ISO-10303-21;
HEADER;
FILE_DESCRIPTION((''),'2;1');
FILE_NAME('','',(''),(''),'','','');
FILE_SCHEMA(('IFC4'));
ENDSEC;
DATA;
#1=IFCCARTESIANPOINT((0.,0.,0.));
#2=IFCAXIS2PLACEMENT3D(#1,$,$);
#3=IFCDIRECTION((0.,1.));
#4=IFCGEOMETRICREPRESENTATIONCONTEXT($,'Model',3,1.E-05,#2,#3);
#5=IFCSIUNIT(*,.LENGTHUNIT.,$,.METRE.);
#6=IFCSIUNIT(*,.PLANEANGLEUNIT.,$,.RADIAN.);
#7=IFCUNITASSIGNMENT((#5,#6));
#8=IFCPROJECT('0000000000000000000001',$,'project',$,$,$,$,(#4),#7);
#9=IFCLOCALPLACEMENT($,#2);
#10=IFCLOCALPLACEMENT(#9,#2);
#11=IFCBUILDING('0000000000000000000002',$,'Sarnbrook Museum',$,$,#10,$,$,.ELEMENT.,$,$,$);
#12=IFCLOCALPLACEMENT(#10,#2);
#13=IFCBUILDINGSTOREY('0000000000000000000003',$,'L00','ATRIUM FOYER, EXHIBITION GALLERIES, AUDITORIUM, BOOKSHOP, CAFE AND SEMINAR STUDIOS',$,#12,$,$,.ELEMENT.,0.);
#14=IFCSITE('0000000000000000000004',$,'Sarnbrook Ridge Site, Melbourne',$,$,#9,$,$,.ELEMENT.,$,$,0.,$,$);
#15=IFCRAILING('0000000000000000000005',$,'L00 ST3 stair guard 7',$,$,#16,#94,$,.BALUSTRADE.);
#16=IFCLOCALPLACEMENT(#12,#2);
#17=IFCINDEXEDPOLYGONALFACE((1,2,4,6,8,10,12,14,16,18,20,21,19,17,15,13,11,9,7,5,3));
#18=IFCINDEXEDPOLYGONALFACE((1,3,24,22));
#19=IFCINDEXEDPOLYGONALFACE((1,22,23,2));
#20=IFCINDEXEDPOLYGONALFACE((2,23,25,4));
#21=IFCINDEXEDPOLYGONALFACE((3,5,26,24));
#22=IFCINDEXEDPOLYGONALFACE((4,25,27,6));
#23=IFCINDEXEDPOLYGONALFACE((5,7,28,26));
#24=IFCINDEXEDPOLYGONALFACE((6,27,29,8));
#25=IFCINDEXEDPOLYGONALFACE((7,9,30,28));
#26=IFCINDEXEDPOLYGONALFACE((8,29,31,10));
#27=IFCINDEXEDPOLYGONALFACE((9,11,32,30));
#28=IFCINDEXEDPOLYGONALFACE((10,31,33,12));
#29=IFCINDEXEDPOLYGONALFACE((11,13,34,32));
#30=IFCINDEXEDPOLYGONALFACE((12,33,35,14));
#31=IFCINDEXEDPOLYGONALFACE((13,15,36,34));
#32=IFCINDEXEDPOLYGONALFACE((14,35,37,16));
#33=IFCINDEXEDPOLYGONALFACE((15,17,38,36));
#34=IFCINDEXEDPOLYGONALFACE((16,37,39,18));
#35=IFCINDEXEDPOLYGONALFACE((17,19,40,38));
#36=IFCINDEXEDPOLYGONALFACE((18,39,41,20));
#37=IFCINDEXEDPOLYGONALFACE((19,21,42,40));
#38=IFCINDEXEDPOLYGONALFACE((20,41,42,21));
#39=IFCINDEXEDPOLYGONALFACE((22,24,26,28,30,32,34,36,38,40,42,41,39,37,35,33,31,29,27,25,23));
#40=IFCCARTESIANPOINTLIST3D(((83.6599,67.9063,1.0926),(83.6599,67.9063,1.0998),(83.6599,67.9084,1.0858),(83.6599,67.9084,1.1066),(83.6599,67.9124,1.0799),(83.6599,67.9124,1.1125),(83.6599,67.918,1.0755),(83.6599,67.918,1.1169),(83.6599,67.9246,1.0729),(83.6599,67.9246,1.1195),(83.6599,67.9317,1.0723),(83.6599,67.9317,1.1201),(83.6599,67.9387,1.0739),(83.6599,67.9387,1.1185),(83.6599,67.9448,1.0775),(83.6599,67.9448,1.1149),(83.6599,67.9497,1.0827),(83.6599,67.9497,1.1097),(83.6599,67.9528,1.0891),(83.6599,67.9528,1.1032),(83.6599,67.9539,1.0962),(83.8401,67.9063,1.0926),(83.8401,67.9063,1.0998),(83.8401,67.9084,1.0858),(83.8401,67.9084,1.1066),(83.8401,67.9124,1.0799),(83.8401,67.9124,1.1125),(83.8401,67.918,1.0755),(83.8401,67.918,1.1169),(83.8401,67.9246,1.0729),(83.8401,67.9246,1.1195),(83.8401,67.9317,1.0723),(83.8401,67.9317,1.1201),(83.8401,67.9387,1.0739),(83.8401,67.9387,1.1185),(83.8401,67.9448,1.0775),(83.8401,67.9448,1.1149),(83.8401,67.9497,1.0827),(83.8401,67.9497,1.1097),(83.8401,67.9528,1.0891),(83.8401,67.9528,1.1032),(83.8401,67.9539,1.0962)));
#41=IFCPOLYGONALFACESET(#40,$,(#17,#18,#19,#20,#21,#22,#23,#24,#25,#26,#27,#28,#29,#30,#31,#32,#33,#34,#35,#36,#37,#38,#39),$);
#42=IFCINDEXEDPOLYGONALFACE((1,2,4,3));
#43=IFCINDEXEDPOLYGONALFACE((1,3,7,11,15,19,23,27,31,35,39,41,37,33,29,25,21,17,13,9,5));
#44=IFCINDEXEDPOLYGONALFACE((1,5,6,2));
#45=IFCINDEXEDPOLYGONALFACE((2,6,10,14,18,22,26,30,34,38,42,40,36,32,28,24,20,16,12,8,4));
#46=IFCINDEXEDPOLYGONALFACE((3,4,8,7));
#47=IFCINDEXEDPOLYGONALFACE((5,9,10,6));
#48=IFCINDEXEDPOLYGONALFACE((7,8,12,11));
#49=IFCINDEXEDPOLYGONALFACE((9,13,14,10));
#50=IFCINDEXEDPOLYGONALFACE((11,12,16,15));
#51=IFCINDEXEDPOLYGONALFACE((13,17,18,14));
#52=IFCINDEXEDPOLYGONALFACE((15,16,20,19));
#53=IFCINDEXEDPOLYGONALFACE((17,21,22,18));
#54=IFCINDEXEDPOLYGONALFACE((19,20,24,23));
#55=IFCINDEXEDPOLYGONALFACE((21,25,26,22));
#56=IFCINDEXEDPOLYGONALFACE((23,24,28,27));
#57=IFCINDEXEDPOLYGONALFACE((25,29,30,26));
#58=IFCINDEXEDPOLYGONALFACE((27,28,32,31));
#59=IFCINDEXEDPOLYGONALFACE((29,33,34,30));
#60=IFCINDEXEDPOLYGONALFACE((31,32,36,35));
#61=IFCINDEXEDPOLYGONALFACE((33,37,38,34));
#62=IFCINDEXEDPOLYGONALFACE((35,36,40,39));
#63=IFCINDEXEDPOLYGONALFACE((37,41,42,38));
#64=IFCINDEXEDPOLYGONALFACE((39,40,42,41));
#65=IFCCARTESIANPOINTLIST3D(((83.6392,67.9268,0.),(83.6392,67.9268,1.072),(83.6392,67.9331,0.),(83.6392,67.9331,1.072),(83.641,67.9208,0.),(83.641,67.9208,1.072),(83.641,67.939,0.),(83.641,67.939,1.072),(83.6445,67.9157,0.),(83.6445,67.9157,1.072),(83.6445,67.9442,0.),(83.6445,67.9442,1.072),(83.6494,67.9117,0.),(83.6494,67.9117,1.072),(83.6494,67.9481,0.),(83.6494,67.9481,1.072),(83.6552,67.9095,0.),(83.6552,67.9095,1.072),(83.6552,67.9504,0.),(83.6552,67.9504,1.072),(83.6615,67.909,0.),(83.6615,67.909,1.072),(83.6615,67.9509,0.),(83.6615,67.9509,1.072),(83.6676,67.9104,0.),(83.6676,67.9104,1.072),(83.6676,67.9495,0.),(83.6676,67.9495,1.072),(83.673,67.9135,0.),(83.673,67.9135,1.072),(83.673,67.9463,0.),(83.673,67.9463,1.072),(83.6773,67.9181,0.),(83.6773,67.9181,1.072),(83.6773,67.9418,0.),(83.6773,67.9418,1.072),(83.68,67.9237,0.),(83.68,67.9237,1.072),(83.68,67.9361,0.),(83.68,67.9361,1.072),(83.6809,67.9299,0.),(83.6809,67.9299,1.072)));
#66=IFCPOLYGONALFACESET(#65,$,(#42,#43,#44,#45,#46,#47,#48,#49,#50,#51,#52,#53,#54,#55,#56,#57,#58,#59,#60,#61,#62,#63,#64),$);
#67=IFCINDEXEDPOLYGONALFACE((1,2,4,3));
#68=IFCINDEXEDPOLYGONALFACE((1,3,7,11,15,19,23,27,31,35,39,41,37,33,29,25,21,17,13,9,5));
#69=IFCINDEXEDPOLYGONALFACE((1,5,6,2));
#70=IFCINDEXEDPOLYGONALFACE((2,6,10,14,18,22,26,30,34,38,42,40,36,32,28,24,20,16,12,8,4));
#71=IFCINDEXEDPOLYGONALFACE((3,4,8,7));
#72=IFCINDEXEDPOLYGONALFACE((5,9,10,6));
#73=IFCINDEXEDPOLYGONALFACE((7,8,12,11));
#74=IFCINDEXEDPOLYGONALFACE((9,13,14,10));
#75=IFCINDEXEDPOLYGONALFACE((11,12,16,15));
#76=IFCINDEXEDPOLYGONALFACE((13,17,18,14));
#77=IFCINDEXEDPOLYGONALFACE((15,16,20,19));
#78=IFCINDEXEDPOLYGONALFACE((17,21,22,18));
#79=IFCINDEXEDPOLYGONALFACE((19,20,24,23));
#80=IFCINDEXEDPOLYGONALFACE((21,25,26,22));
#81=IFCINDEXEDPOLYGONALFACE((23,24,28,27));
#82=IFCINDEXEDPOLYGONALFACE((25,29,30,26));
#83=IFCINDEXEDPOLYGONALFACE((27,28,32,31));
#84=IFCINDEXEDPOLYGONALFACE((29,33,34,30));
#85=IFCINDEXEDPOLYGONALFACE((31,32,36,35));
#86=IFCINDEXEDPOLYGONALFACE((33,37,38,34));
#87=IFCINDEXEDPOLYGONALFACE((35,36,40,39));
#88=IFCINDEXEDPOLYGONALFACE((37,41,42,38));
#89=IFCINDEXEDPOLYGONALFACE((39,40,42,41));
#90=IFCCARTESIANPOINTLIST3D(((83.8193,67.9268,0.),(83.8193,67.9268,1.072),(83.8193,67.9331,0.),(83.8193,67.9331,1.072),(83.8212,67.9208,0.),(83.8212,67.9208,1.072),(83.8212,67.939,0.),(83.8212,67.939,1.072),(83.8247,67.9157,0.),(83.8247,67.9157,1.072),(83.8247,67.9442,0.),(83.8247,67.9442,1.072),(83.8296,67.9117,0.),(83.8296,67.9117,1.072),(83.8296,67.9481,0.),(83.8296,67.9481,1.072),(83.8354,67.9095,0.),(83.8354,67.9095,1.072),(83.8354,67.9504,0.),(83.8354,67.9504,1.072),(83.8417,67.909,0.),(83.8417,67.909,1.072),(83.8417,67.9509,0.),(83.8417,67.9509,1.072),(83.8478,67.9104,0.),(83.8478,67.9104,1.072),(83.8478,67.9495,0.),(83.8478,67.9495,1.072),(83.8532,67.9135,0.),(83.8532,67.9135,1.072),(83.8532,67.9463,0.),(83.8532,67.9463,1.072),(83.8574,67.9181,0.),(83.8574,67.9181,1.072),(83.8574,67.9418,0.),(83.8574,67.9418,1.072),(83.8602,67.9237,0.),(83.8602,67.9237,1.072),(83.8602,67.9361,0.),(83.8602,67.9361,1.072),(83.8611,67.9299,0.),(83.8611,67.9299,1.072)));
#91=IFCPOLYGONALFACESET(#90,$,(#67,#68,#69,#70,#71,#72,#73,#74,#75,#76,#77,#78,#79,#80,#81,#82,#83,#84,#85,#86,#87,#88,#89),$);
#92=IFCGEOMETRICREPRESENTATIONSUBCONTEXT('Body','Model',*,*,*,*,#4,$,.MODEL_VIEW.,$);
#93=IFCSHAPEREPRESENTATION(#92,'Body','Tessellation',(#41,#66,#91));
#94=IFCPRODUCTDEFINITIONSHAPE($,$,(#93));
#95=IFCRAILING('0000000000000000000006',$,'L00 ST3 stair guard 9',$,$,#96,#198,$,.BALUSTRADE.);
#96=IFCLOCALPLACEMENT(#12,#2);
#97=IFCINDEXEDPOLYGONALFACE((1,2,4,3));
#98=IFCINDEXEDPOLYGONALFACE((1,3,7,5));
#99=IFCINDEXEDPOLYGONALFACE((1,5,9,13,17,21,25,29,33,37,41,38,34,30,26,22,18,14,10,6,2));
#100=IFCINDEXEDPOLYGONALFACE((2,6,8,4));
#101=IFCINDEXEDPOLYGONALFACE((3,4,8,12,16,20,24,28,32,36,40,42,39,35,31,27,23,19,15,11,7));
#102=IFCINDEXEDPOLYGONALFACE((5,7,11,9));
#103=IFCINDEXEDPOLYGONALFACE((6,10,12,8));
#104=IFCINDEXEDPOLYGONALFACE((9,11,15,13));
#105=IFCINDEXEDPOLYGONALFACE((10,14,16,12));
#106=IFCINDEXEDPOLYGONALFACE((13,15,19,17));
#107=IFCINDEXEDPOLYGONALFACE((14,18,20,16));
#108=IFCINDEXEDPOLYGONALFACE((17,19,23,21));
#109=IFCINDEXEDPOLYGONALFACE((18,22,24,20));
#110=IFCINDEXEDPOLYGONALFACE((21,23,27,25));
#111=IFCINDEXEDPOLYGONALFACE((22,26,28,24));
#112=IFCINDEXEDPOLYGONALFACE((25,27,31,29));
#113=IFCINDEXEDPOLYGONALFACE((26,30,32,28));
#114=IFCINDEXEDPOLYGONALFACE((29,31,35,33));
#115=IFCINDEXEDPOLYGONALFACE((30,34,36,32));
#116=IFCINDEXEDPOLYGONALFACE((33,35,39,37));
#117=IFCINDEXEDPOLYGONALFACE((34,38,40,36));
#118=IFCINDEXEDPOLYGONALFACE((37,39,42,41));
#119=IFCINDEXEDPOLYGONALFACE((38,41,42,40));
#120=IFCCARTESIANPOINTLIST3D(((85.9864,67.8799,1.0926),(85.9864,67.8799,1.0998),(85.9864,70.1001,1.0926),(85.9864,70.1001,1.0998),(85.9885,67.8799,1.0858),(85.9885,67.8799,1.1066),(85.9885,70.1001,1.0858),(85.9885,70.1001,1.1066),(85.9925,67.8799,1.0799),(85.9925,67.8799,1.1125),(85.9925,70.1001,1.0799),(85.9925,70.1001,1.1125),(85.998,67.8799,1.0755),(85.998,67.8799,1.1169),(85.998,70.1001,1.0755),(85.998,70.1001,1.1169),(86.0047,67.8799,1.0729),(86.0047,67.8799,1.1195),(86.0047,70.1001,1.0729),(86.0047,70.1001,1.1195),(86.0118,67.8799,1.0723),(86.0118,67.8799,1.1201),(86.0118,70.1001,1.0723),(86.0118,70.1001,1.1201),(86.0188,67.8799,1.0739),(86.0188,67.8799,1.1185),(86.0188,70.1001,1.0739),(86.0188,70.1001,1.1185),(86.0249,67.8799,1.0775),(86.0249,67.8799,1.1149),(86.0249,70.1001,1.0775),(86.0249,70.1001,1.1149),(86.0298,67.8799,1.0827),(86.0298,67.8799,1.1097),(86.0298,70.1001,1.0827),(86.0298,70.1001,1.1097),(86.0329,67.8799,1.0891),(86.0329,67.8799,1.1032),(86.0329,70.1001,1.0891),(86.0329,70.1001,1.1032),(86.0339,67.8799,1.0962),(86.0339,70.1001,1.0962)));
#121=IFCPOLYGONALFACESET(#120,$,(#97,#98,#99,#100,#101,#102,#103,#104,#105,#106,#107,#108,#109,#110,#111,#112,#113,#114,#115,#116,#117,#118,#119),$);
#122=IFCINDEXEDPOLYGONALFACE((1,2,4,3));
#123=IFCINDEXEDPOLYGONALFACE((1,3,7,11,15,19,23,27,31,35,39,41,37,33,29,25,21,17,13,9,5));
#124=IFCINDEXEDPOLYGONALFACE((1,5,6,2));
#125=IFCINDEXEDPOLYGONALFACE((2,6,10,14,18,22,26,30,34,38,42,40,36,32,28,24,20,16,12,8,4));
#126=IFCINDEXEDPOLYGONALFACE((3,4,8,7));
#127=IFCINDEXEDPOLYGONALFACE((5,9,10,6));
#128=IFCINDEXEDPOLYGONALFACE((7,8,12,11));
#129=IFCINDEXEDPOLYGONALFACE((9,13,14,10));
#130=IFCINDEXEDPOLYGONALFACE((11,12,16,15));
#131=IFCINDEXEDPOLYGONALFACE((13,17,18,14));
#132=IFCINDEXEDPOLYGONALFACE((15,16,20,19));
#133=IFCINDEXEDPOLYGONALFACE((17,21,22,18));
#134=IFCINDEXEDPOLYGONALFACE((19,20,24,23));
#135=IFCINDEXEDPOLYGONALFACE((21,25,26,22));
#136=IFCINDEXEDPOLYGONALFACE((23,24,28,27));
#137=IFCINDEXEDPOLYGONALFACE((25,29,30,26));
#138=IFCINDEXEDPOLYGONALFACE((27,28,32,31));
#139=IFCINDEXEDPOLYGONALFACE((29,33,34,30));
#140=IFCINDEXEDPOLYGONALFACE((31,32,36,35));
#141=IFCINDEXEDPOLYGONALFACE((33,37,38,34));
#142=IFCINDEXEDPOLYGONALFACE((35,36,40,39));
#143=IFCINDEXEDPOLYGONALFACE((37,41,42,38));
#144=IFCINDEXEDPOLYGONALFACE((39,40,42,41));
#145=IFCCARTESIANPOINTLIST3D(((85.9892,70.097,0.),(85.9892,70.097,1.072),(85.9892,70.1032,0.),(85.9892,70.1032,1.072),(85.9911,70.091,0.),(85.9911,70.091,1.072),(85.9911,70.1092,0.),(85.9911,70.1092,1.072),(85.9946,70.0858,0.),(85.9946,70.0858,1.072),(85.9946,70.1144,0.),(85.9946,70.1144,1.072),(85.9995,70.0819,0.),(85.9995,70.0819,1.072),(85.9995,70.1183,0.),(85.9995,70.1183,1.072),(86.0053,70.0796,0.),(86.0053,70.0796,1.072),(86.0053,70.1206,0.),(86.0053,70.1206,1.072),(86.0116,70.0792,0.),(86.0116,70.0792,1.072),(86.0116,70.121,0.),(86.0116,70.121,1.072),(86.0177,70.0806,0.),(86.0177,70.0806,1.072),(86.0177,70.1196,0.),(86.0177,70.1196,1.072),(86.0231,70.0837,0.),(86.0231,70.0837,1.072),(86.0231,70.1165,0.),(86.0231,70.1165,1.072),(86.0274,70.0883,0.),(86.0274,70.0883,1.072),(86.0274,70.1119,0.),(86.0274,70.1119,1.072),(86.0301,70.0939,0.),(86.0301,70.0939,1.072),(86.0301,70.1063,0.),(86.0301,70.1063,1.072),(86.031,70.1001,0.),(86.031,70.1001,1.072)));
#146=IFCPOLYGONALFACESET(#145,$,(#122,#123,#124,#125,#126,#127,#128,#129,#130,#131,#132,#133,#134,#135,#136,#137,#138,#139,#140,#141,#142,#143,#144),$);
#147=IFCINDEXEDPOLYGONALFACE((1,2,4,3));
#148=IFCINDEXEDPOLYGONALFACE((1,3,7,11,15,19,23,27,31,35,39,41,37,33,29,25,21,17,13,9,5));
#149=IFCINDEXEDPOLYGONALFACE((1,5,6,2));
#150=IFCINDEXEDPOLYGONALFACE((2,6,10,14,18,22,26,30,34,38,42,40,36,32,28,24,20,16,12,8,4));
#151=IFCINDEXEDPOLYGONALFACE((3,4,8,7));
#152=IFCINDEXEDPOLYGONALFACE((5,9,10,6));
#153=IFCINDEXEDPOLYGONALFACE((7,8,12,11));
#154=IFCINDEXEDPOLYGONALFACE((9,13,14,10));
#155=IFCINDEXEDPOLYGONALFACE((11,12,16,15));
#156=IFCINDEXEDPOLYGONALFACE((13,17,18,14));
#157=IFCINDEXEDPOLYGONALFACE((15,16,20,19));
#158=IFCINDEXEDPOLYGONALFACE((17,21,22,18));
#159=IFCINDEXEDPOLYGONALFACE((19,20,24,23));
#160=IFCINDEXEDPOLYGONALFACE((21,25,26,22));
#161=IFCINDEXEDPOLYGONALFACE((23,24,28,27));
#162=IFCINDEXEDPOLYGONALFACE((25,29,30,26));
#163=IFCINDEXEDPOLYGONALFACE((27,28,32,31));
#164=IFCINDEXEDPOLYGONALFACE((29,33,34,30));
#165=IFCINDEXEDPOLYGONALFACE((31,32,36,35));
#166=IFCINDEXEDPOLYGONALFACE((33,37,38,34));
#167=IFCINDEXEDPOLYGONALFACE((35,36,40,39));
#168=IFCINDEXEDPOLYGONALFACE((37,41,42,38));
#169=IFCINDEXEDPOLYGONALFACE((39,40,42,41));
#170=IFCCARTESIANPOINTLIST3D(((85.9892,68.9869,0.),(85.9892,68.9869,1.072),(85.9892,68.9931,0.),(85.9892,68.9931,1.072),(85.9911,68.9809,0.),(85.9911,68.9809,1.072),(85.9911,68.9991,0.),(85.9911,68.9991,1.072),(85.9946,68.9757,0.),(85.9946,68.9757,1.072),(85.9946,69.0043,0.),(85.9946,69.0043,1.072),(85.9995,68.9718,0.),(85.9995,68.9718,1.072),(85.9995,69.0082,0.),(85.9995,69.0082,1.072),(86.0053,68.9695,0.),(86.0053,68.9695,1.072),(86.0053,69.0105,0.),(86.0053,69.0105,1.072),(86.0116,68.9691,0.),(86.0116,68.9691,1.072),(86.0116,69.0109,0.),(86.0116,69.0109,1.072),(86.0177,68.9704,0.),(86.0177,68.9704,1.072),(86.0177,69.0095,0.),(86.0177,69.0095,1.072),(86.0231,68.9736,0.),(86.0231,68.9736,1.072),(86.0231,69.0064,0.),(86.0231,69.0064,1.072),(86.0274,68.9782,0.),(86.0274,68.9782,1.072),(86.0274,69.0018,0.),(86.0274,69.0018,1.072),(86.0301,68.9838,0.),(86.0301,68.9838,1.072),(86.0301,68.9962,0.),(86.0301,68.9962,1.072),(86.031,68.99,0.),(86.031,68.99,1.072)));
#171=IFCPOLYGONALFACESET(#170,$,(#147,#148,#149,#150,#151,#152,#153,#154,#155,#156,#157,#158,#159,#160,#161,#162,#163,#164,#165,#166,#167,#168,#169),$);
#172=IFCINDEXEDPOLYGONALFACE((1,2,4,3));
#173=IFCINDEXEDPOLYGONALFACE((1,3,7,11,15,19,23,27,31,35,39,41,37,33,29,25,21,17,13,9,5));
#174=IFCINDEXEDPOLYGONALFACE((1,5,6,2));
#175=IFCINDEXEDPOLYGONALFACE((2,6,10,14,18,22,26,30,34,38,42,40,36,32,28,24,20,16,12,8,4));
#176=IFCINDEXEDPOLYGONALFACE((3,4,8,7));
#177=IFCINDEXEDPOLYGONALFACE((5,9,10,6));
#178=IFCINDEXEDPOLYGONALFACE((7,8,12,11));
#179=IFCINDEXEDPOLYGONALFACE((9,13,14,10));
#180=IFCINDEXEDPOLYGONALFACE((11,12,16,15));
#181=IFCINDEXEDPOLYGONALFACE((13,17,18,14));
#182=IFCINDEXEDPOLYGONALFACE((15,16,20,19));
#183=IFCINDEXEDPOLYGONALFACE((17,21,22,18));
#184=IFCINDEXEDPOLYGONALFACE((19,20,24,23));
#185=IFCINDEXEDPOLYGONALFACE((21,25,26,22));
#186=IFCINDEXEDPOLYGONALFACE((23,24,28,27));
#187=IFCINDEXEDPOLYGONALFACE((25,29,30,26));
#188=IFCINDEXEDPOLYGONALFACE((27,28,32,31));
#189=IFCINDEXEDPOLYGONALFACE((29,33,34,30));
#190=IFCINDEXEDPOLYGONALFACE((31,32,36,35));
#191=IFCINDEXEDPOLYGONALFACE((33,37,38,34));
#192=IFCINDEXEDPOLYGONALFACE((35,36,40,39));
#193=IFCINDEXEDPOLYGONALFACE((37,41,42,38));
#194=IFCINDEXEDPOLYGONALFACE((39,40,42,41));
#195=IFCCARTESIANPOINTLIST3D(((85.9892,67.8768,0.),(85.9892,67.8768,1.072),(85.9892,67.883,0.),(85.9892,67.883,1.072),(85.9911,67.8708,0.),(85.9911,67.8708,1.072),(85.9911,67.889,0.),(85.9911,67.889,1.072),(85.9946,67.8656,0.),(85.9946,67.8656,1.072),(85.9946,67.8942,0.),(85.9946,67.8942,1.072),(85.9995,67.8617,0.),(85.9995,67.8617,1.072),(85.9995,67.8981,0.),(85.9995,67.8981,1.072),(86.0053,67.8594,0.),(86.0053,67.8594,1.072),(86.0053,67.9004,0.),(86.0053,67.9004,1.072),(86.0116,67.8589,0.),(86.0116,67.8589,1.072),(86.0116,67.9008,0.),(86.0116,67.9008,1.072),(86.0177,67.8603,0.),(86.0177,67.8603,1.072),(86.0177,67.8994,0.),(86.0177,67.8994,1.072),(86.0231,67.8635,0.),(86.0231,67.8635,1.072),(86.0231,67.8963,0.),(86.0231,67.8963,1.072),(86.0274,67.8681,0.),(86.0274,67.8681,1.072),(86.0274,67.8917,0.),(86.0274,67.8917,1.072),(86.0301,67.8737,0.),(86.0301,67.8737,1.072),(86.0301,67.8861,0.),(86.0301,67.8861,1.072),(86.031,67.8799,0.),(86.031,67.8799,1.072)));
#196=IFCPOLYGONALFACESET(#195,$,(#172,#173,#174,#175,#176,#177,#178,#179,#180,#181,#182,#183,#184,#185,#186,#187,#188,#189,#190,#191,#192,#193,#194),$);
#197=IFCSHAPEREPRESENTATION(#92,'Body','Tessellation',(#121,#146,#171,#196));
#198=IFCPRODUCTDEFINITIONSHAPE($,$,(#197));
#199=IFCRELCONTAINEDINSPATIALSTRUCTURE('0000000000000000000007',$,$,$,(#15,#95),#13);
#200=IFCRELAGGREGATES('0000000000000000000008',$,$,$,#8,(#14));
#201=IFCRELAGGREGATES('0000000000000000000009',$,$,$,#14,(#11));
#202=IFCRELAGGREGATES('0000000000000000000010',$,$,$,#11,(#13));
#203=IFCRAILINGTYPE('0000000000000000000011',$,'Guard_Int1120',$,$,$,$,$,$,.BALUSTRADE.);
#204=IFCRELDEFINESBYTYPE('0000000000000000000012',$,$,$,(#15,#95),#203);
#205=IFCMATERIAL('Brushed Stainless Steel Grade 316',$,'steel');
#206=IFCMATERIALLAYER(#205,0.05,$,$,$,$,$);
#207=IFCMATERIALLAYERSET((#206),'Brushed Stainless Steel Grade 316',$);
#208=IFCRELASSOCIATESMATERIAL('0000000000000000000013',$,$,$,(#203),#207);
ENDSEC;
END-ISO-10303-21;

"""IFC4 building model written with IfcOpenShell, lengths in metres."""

from ifc_helpers import new_model, si_unit, direction, frame, origin, origin_2d, place, context, subcontext, project, spatial, circle, extrude, material, layer, layer_set, type_object, element, save


model = new_model("IFC4")

# Units and contexts
model_context = context("Model", 3, precision=1e-05, world=origin(), true_north=direction((0.0, 1.0)))
body_context = subcontext(model_context, "Body", "Model", "MODEL_VIEW")
ifc_project = project(units=[si_unit("LENGTHUNIT", "METRE"), si_unit("PLANEANGLEUNIT", "RADIAN")], contexts=[model_context])

# Site, building, storey
site_placement = place(None, origin())
site = spatial("IfcSite", under=ifc_project, at=site_placement, Name="Sarnbrook Ridge Site, Melbourne", CompositionType="ELEMENT", RefElevation=0.0)
building_placement = place(site_placement, origin())
building = spatial("IfcBuilding", under=site, at=building_placement, Name="Sarnbrook Museum", CompositionType="ELEMENT")
storey_placement = place(building_placement, origin())
storey = spatial("IfcBuildingStorey", under=building, at=storey_placement, Name="L00", Description="ATRIUM FOYER, EXHIBITION GALLERIES, AUDITORIUM, BOOKSHOP, CAFE AND SEMINAR STUDIOS", CompositionType="ELEMENT", Elevation=0.0)

# Shared definitions
ifc_material_1 = material(Name="Brushed Stainless Steel Grade 316", Category="steel")

# Railings
ifc_layer_1 = layer(ifc_material_1, 0.05)
ifc_layer_set_1 = layer_set([ifc_layer_1], Name="Brushed Stainless Steel Grade 316")
railing_type_1 = type_object("IfcRailingType", Name="Guard_Int1120", PredefinedType="BALUSTRADE", material=ifc_layer_set_1)
railing_1_placement = place(storey_placement, frame((83.6599, 67.9299, 0.0)))
element("IfcRailing", 1, at=railing_1_placement, inside=storey, type_object=railing_type_1, Name="L00 ST3 stair guard 7", PredefinedType="BALUSTRADE", context=body_context, shape_type="SweptSolid", body=[
    extrude(circle(Radius=0.0239, at=origin_2d()), frame((0.0, 0.0, 1.0962), z_axis=(1.0, 0.0, 0.0), x_axis=(0.0, 1.0, 0.0)), (0.0, 0.0, 1.0), 0.1802),
    extrude(circle(Radius=0.021, at=origin_2d()), origin(), (0.0, 0.0, 1.0), 1.072),
    extrude(circle(Radius=0.021, at=origin_2d()), frame((0.1802, 0.0, 0.0)), (0.0, 0.0, 1.0), 1.072),
])
railing_2_placement = place(storey_placement, frame((86.01, 70.1001, 0.0)))
element("IfcRailing", 2, at=railing_2_placement, inside=storey, type_object=railing_type_1, Name="L00 ST3 stair guard 9", PredefinedType="BALUSTRADE", context=body_context, shape_type="SweptSolid", body=[
    extrude(circle(Radius=0.0239, at=origin_2d()), frame((0.0, 0.0, 1.0962), z_axis=(0.0, -1.0, 0.0), x_axis=(1.0, 0.0, 0.0)), (0.0, 0.0, 1.0), 2.2202),
    extrude(circle(Radius=0.021, at=origin_2d()), origin(), (0.0, 0.0, 1.0), 1.072),
    extrude(circle(Radius=0.021, at=origin_2d()), frame((0.0, -1.1101, 0.0)), (0.0, 0.0, 1.0), 1.072),
    extrude(circle(Radius=0.021, at=origin_2d()), frame((0.0, -2.2202, 0.0)), (0.0, 0.0, 1.0), 1.072),
])

save(model, "model.ifc")
